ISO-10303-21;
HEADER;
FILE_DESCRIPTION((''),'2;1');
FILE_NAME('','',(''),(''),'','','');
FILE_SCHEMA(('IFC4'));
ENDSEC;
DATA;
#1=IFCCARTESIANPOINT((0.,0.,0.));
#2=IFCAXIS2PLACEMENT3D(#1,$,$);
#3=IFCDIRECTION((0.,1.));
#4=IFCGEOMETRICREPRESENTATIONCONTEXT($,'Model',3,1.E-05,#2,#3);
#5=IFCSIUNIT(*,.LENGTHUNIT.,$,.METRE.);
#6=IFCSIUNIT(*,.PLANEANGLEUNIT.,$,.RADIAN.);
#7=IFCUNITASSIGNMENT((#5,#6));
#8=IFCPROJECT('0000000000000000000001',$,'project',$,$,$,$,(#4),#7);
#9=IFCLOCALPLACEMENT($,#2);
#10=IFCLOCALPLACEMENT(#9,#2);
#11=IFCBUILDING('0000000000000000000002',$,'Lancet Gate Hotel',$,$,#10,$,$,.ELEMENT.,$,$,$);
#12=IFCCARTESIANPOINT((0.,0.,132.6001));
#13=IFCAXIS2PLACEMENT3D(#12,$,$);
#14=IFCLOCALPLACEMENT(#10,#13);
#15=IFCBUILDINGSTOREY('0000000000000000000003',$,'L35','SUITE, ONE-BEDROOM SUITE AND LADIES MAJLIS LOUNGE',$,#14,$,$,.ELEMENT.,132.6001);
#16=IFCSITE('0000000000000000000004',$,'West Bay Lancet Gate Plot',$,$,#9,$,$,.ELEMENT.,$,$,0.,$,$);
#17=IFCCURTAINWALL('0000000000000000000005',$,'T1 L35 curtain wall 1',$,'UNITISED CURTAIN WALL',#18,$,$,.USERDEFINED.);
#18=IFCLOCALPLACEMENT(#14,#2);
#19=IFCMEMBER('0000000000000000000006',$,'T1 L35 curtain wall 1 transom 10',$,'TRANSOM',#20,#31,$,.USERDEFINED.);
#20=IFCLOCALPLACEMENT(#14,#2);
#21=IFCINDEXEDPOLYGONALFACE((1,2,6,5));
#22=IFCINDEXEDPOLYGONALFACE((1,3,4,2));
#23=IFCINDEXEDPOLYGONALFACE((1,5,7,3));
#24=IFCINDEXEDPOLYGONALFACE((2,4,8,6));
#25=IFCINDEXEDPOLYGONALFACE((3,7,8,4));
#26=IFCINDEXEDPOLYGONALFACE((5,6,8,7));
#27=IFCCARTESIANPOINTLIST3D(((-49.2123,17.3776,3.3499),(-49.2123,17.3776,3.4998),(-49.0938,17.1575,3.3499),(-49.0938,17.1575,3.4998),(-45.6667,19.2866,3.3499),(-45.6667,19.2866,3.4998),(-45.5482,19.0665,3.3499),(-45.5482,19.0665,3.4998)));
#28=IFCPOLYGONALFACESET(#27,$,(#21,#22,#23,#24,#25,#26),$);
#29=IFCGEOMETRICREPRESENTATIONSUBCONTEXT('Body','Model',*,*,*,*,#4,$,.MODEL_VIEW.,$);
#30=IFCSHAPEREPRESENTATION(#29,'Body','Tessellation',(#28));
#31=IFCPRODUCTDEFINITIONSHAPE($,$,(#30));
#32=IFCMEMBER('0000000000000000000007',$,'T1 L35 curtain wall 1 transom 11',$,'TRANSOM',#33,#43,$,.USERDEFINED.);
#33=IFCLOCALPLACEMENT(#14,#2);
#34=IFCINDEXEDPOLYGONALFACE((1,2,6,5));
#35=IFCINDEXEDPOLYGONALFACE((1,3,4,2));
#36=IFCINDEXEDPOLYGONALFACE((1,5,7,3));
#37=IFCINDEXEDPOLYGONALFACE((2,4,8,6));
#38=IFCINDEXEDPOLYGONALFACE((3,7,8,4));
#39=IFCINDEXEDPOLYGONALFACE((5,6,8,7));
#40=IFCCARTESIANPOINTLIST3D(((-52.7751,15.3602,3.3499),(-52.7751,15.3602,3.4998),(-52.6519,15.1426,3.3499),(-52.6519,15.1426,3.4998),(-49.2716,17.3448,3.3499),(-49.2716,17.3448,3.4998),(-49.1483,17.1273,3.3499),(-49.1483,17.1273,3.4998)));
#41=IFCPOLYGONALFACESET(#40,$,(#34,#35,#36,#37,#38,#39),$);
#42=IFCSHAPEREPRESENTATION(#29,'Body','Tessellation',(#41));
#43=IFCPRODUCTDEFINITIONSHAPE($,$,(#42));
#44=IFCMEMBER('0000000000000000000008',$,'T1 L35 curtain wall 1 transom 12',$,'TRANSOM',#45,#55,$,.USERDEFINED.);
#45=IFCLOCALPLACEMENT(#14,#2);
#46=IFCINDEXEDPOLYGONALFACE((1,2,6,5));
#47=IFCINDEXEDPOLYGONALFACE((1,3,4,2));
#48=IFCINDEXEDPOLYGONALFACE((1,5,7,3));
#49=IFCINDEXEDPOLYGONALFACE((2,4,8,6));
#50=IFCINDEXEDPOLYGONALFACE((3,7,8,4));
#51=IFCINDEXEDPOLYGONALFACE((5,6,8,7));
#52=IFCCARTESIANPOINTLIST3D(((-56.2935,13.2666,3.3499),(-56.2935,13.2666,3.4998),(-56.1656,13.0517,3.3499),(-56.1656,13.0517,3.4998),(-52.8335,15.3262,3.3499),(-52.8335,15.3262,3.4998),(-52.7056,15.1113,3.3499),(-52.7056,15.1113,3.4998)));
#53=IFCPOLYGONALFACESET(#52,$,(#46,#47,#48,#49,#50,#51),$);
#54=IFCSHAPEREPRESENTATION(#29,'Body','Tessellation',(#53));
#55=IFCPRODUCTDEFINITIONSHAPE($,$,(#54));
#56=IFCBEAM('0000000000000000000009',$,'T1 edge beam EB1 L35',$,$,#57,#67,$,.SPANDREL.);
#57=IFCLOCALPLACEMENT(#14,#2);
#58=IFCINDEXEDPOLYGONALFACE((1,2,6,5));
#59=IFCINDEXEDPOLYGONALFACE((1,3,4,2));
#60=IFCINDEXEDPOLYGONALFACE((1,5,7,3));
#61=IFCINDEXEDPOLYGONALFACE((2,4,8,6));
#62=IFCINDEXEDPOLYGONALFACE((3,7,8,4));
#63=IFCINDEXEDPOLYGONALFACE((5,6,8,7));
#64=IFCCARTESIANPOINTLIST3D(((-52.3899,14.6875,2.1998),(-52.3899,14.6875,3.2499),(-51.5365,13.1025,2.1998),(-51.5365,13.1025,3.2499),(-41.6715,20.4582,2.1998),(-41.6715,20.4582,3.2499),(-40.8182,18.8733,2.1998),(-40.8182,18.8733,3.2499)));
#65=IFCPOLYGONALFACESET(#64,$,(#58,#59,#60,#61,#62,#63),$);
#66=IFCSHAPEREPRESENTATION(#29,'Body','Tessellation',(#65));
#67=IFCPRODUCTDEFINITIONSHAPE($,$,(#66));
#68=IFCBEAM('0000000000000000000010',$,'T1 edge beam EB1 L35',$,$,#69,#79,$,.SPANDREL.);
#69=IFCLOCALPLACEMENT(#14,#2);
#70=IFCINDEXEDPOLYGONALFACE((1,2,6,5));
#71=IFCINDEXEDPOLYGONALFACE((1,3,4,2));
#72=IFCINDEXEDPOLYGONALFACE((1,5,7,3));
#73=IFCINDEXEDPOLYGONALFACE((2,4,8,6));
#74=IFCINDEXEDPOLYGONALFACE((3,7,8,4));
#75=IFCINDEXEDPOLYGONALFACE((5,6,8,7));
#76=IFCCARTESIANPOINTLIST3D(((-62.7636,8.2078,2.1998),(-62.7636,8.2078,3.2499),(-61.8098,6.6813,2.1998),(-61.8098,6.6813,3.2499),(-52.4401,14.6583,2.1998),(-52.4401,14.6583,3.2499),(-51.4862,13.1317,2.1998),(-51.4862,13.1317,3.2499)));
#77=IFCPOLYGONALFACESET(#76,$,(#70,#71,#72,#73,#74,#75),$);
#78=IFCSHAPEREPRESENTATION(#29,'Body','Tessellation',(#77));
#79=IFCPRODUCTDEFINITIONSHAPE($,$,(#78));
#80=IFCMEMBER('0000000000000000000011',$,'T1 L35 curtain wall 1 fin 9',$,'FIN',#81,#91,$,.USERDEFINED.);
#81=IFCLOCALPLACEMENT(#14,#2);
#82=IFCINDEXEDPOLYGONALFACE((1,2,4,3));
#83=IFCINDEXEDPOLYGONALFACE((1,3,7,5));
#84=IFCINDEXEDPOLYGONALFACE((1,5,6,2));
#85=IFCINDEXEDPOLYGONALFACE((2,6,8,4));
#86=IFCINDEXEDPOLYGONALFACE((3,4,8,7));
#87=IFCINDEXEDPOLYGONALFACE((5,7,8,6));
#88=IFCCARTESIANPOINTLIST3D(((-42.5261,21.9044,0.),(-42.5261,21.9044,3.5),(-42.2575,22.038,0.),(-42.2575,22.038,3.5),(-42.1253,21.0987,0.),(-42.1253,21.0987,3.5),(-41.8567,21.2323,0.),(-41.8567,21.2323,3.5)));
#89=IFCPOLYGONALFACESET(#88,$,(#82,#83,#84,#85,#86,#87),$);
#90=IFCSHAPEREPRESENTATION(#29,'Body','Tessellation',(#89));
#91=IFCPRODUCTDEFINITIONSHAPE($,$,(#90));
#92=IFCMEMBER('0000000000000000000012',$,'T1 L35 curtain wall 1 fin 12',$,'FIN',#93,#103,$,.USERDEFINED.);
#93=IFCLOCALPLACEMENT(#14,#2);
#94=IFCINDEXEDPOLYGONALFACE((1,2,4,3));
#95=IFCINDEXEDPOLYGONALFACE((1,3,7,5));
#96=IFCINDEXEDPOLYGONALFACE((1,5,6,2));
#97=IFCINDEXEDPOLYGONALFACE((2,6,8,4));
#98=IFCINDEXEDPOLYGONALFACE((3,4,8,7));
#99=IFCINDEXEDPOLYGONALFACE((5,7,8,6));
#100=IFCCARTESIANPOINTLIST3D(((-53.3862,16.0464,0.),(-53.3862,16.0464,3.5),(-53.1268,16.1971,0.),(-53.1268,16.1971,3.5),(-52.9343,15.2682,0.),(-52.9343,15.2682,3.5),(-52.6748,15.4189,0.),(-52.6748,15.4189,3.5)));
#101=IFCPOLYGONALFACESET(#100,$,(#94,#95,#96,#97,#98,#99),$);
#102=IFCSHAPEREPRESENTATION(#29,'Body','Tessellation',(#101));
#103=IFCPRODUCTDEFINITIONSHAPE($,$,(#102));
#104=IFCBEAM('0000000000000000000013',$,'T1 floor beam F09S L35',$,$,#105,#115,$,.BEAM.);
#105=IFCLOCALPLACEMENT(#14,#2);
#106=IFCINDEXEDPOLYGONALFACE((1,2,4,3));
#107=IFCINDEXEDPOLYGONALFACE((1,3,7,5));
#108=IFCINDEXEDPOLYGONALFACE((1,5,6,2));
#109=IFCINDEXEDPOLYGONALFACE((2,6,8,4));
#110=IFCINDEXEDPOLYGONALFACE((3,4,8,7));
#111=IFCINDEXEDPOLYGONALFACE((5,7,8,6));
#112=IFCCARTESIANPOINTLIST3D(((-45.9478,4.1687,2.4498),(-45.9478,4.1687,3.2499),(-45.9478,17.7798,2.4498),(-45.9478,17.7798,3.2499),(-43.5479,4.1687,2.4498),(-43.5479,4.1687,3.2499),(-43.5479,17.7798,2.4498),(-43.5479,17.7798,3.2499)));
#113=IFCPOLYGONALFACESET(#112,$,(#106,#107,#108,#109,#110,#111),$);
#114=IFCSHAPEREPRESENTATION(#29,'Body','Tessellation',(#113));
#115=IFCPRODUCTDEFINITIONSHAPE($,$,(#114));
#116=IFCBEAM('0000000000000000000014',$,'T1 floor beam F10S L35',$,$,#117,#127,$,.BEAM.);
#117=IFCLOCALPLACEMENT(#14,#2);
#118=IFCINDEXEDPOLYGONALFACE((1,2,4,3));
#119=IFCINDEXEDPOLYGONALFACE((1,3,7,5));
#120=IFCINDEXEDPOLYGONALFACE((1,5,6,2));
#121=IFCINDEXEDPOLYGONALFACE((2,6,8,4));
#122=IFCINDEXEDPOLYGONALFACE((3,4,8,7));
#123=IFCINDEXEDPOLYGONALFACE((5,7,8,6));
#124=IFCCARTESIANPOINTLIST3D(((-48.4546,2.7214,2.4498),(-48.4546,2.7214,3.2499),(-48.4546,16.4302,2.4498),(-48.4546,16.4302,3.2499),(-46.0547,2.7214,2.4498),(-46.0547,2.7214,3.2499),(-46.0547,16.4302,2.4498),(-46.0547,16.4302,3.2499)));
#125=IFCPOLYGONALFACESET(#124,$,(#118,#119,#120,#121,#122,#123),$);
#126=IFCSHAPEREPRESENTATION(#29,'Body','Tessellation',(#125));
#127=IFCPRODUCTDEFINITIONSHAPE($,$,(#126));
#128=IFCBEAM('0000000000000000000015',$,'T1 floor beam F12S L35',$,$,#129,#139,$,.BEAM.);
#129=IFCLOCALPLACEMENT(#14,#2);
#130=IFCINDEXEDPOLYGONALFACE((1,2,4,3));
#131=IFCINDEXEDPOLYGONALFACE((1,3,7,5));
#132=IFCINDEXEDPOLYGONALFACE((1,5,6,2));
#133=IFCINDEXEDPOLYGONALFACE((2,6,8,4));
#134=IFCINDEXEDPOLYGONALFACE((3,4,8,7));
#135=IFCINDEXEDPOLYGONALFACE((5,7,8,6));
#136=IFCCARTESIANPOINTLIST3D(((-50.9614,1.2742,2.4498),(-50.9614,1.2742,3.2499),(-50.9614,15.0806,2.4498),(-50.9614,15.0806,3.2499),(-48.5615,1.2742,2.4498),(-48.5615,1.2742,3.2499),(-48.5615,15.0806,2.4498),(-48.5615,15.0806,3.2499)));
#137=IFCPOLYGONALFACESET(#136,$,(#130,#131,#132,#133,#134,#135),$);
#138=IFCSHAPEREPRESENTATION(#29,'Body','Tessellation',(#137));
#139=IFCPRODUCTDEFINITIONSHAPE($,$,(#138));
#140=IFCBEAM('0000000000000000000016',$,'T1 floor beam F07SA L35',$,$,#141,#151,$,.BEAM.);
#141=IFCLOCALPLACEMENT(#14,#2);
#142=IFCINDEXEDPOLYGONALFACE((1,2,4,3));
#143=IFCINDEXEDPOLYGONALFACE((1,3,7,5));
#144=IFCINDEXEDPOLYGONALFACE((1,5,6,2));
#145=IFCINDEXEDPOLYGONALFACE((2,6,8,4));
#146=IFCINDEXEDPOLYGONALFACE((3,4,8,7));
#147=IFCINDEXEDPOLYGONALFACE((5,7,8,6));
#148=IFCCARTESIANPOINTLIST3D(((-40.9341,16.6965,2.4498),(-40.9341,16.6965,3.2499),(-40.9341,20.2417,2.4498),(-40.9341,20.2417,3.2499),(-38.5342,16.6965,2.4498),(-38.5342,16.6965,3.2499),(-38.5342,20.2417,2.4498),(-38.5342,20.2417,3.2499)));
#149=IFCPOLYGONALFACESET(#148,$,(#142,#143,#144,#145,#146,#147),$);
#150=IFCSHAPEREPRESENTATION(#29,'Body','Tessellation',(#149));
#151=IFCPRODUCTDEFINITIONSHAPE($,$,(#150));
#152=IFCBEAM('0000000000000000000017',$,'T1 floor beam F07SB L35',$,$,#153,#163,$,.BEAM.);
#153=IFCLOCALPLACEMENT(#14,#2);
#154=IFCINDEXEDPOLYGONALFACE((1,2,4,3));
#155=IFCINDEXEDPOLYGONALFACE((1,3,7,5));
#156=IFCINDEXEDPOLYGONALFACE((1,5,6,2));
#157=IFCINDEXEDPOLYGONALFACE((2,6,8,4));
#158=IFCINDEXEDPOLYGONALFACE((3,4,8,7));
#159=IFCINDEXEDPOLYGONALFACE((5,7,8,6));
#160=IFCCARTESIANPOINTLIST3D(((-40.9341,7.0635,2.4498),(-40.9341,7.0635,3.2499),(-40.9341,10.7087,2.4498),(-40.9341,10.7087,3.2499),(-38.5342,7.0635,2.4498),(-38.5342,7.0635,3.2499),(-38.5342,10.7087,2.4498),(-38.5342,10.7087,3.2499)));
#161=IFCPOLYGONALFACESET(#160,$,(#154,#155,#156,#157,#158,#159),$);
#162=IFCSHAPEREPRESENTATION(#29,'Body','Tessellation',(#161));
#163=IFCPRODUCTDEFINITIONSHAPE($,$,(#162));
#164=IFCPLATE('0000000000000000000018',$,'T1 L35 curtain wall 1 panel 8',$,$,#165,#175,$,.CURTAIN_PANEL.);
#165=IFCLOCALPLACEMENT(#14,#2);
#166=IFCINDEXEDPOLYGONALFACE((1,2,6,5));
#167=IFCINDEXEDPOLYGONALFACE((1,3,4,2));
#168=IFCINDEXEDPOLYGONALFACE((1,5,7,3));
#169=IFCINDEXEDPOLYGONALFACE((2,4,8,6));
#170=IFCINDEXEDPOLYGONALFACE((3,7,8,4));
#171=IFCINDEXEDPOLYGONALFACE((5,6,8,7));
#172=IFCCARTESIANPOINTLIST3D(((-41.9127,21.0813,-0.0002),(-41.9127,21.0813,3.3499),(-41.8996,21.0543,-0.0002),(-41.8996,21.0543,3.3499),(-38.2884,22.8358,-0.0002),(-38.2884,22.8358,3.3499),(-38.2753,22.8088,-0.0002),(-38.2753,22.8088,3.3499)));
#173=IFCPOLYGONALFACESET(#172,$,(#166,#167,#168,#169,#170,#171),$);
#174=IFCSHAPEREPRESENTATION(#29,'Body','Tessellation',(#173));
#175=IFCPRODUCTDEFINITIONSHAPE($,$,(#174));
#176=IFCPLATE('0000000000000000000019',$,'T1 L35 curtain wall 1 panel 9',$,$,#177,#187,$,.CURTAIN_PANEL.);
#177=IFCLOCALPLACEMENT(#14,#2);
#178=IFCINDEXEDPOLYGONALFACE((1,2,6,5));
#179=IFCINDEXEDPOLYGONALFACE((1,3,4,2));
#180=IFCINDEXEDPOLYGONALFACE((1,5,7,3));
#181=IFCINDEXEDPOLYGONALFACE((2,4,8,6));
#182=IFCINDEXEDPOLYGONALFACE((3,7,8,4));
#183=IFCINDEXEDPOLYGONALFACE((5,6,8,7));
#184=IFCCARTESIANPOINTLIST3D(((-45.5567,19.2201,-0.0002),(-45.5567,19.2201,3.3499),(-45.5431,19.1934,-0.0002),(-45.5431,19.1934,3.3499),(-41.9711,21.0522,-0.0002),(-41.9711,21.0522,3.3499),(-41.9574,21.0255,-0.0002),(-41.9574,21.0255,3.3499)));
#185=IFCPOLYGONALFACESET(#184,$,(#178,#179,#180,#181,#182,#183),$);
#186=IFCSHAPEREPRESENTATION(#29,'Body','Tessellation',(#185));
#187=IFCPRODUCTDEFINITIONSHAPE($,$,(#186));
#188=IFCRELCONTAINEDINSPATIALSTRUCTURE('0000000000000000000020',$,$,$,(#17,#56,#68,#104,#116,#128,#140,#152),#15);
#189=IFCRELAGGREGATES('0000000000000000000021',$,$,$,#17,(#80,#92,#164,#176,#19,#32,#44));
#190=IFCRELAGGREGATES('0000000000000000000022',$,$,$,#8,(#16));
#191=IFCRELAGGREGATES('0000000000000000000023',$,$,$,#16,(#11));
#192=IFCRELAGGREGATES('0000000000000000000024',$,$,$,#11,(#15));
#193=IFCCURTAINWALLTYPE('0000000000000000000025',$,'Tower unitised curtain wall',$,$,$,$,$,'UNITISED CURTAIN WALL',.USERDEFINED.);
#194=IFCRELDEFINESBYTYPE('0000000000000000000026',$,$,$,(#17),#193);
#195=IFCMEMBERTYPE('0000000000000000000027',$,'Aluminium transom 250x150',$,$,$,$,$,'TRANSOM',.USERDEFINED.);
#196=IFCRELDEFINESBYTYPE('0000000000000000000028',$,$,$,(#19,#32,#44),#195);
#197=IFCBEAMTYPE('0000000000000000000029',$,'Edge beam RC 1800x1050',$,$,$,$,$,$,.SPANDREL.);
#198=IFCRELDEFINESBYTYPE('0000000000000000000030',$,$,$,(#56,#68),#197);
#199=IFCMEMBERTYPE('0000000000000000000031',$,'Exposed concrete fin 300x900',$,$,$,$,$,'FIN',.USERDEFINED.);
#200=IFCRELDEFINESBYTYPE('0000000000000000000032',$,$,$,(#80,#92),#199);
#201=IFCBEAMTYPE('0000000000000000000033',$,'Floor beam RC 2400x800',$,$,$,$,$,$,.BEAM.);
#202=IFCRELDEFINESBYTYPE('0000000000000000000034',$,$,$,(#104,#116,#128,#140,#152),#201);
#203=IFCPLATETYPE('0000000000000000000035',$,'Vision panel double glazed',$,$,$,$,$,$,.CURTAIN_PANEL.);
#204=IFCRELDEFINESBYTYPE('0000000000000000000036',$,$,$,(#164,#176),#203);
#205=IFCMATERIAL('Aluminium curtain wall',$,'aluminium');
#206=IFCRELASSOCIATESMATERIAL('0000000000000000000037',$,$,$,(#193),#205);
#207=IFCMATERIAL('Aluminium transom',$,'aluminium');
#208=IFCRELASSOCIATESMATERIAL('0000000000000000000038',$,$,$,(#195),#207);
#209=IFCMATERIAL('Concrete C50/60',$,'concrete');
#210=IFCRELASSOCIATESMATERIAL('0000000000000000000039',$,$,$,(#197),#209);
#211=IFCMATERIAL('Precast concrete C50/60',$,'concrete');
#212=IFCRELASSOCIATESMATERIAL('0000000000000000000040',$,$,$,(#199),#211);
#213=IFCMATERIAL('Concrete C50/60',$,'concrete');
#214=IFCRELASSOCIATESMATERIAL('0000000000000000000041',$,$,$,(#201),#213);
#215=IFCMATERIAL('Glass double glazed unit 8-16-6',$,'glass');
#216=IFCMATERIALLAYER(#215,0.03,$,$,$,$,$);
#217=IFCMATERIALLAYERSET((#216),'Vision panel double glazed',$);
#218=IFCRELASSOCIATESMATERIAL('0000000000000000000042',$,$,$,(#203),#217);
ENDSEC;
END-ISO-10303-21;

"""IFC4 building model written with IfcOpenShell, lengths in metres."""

from ifc_helpers import new_model, si_unit, direction, frame, origin, origin_2d, place, context, subcontext, project, spatial, rectangle, extrude, material, layer, layer_set, material_profile, profile_set, type_object, element, aggregate, save


model = new_model("IFC4")

# Units and contexts
model_context = context("Model", 3, precision=1e-05, world=origin(), true_north=direction((0.0, 1.0)))
body_context = subcontext(model_context, "Body", "Model", "MODEL_VIEW")
ifc_project = project(units=[si_unit("LENGTHUNIT", "METRE"), si_unit("PLANEANGLEUNIT", "RADIAN")], contexts=[model_context])

# Site, building, storey
site_placement = place(None, origin())
site = spatial("IfcSite", under=ifc_project, at=site_placement, Name="West Bay Lancet Gate Plot", CompositionType="ELEMENT", RefElevation=0.0)
building_placement = place(site_placement, origin())
building = spatial("IfcBuilding", under=site, at=building_placement, Name="Lancet Gate Hotel", CompositionType="ELEMENT")
storey_placement = place(building_placement, frame((0.0, 0.0, 132.6001)))
storey = spatial("IfcBuildingStorey", under=building, at=storey_placement, Name="L35", Description="SUITE, ONE-BEDROOM SUITE AND LADIES MAJLIS LOUNGE", CompositionType="ELEMENT", Elevation=132.6001)

# Curtain wall, members
ifc_material_1 = material(Name="Aluminium curtain wall", Category="aluminium")
curtain_wall_type = type_object("IfcCurtainWallType", Name="Tower unitised curtain wall", ElementType="UNITISED CURTAIN WALL", PredefinedType="USERDEFINED", material=ifc_material_1)
curtain_wall_placement = place(storey_placement, origin())
curtain_wall = element("IfcCurtainWall", 1, at=curtain_wall_placement, inside=storey, type_object=curtain_wall_type, Name="T1 L35 curtain wall 1", ObjectType="UNITISED CURTAIN WALL", PredefinedType="USERDEFINED")
ifc_material_2 = material(Name="Aluminium transom", Category="aluminium")
ifc_material_profile_1 = material_profile(ifc_material_2, rectangle(XDim=0.25, YDim=0.1499, at=origin_2d()), Name="TRANSOM 250x150")
ifc_profile_set_1 = profile_set([ifc_material_profile_1], Name="Aluminium transom")
member_type_1 = type_object("IfcMemberType", Name="Aluminium transom 250x150", ElementType="TRANSOM", PredefinedType="USERDEFINED", material=ifc_profile_set_1)
member_1_placement = place(storey_placement, frame((-45.6074, 19.1765, 3.4248), z_axis=(-0.880498, -0.474049, 0.0), x_axis=(0.474049, -0.880498, 0.0)))
member_1 = element("IfcMember", 2, at=member_1_placement, type_object=member_type_1, Name="T1 L35 curtain wall 1 transom 10", ObjectType="TRANSOM", PredefinedType="USERDEFINED", context=body_context, shape_type="SweptSolid", body=[
    extrude(rectangle(XDim=0.25, YDim=0.1499, at=origin_2d()), origin(), (0.0, 0.0, 1.0), 4.0269),
])
member_2_placement = place(storey_placement, frame((-49.21, 17.2361, 3.4248), z_axis=(-0.870092, -0.49289, 0.0), x_axis=(0.49289, -0.870092, 0.0)))
member_2 = element("IfcMember", 3, at=member_2_placement, type_object=member_type_1, Name="T1 L35 curtain wall 1 transom 11", ObjectType="TRANSOM", PredefinedType="USERDEFINED", context=body_context, shape_type="SweptSolid", body=[
    extrude(rectangle(XDim=0.25, YDim=0.1499, at=origin_2d()), origin(), (0.0, 0.0, 1.0), 4.0266),
])
member_3_placement = place(storey_placement, frame((-52.7695, 15.2188, 3.4248), z_axis=(-0.859285, -0.511497, 0.0), x_axis=(0.511497, -0.859285, 0.0)))
member_3 = element("IfcMember", 4, at=member_3_placement, type_object=member_type_1, Name="T1 L35 curtain wall 1 transom 12", ObjectType="TRANSOM", PredefinedType="USERDEFINED", context=body_context, shape_type="SweptSolid", body=[
    extrude(rectangle(XDim=0.25, YDim=0.1499, at=origin_2d()), origin(), (0.0, 0.0, 1.0), 4.0266),
])

# Beams
ifc_material_3 = material(Name="Concrete C50/60", Category="concrete")
ifc_material_profile_2 = material_profile(ifc_material_3, rectangle(XDim=1.8, YDim=1.05, at=origin_2d()), Name="RC 1800x1050")
ifc_profile_set_2 = profile_set([ifc_material_profile_2], Name="Concrete C50/60")
beam_type_1 = type_object("IfcBeamType", Name="Edge beam RC 1800x1050", PredefinedType="SPANDREL", material=ifc_profile_set_2)
for number, where, z_axis, x_axis, name in (
    (5, (-41.2449, 19.6658, 2.7249), (-0.880492, -0.47406, 0.0), (0.47406, -0.880492, 0.0), "T1 edge beam EB1 L35"),
    (6, (-51.9631, 13.895, 2.7249), (-0.848063, -0.529896, 0.0), (0.529896, -0.848063, 0.0), "T1 edge beam EB1 L35"),
):
    element("IfcBeam", number, at=place(storey_placement, frame(where, z_axis=z_axis, x_axis=x_axis)), inside=storey, type_object=beam_type_1, Name=name, PredefinedType="SPANDREL", context=body_context, shape_type="SweptSolid", body=[
        extrude(rectangle(XDim=1.8, YDim=1.05, at=origin_2d()), origin(), (0.0, 0.0, 1.0), 12.1731),
    ])

# Members
ifc_material_4 = material(Name="Precast concrete C50/60", Category="concrete")
ifc_material_profile_3 = material_profile(ifc_material_4, rectangle(XDim=0.3, YDim=0.8999, at=origin_2d()), Name="FIN 300x900")
ifc_profile_set_3 = profile_set([ifc_material_profile_3], Name="Precast concrete C50/60")
member_type_2 = type_object("IfcMemberType", Name="Exposed concrete fin 300x900", ElementType="FIN", PredefinedType="USERDEFINED", material=ifc_profile_set_3)
member_4_placement = place(storey_placement, frame((-42.1914, 21.5684, 0.0), z_axis=(0.0, 0.0, 1.0), x_axis=(-0.895339, -0.445384, 0.0)))
member_4 = element("IfcMember", 7, at=member_4_placement, type_object=member_type_2, Name="T1 L35 curtain wall 1 fin 9", ObjectType="FIN", PredefinedType="USERDEFINED", context=body_context, shape_type="SweptSolid", body=[
    extrude(rectangle(XDim=0.3, YDim=0.8999, at=origin_2d()), origin(), (0.0, 0.0, 1.0), 3.5),
])
member_5_placement = place(storey_placement, frame((-53.0305, 15.7327, 0.0), z_axis=(0.0, 0.0, 1.0), x_axis=(-0.864728, -0.502241, 0.0)))
member_5 = element("IfcMember", 8, at=member_5_placement, type_object=member_type_2, Name="T1 L35 curtain wall 1 fin 12", ObjectType="FIN", PredefinedType="USERDEFINED", context=body_context, shape_type="SweptSolid", body=[
    extrude(rectangle(XDim=0.3, YDim=0.8999, at=origin_2d()), origin(), (0.0, 0.0, 1.0), 3.5),
])

# Beams
ifc_material_5 = material(Name="Concrete C50/60", Category="concrete")
ifc_material_profile_4 = material_profile(ifc_material_5, rectangle(XDim=2.3999, YDim=0.8, at=origin_2d()), Name="RC 2400x800")
ifc_profile_set_4 = profile_set([ifc_material_profile_4], Name="Concrete C50/60")
beam_type_2 = type_object("IfcBeamType", Name="Floor beam RC 2400x800", PredefinedType="BEAM", material=ifc_profile_set_4)
beam_1_placement = place(storey_placement, frame((-44.7478, 17.7798, 2.8499), z_axis=(0.0, -1.0, 0.0), x_axis=(1.0, 0.0, 0.0)))
element("IfcBeam", 9, at=beam_1_placement, inside=storey, type_object=beam_type_2, Name="T1 floor beam F09S L35", PredefinedType="BEAM", context=body_context, shape_type="SweptSolid", body=[
    extrude(rectangle(XDim=2.3999, YDim=0.8, at=origin_2d()), origin(), (0.0, 0.0, 1.0), 13.6111),
])
beam_2_placement = place(storey_placement, frame((-47.2546, 16.4302, 2.8499), z_axis=(0.0, -1.0, 0.0), x_axis=(1.0, 0.0, 0.0)))
element("IfcBeam", 10, at=beam_2_placement, inside=storey, type_object=beam_type_2, Name="T1 floor beam F10S L35", PredefinedType="BEAM", context=body_context, shape_type="SweptSolid", body=[
    extrude(rectangle(XDim=2.3999, YDim=0.8, at=origin_2d()), origin(), (0.0, 0.0, 1.0), 13.7087),
])
beam_3_placement = place(storey_placement, frame((-49.7615, 15.0806, 2.8499), z_axis=(0.0, -1.0, 0.0), x_axis=(1.0, 0.0, 0.0)))
element("IfcBeam", 11, at=beam_3_placement, inside=storey, type_object=beam_type_2, Name="T1 floor beam F12S L35", PredefinedType="BEAM", context=body_context, shape_type="SweptSolid", body=[
    extrude(rectangle(XDim=2.3999, YDim=0.8, at=origin_2d()), origin(), (0.0, 0.0, 1.0), 13.8064),
])
beam_4_placement = place(storey_placement, frame((-39.7341, 20.2417, 2.8499), z_axis=(0.0, -1.0, 0.0), x_axis=(1.0, 0.0, 0.0)))
element("IfcBeam", 12, at=beam_4_placement, inside=storey, type_object=beam_type_2, Name="T1 floor beam F07SA L35", PredefinedType="BEAM", context=body_context, shape_type="SweptSolid", body=[
    extrude(rectangle(XDim=2.3999, YDim=0.8, at=origin_2d()), origin(), (0.0, 0.0, 1.0), 3.5452),
])
beam_5_placement = place(storey_placement, frame((-39.7341, 10.7087, 2.8499), z_axis=(0.0, -1.0, 0.0), x_axis=(1.0, 0.0, 0.0)))
element("IfcBeam", 13, at=beam_5_placement, inside=storey, type_object=beam_type_2, Name="T1 floor beam F07SB L35", PredefinedType="BEAM", context=body_context, shape_type="SweptSolid", body=[
    extrude(rectangle(XDim=2.3999, YDim=0.8, at=origin_2d()), origin(), (0.0, 0.0, 1.0), 3.6453),
])

# Plates
ifc_material_6 = material(Name="Glass double glazed unit 8-16-6", Category="glass")
ifc_layer_1 = layer(ifc_material_6, 0.03)
ifc_layer_set_1 = layer_set([ifc_layer_1], Name="Vision panel double glazed")
plate_type = type_object("IfcPlateType", Name="Vision panel double glazed", PredefinedType="CURTAIN_PANEL", material=ifc_layer_set_1)
plate_1_placement = place(storey_placement, frame((-40.094, 21.9451, -0.0002), z_axis=(0.0, 0.0, 1.0), x_axis=(-0.900082, -0.435721, 0.0)))
plate_1 = element("IfcPlate", 14, at=plate_1_placement, type_object=plate_type, Name="T1 L35 curtain wall 1 panel 8", PredefinedType="CURTAIN_PANEL", context=body_context, shape_type="SweptSolid", body=[
    extrude(rectangle(XDim=4.0266, YDim=0.03, at=origin_2d()), origin(), (0.0, 0.0, 1.0), 3.3501),
])
plate_2_placement = place(storey_placement, frame((-43.7571, 20.1228, -0.0002), z_axis=(0.0, 0.0, 1.0), x_axis=(-0.890493, -0.454996, 0.0)))
plate_2 = element("IfcPlate", 15, at=plate_2_placement, type_object=plate_type, Name="T1 L35 curtain wall 1 panel 9", PredefinedType="CURTAIN_PANEL", context=body_context, shape_type="SweptSolid", body=[
    extrude(rectangle(XDim=4.0266, YDim=0.03, at=origin_2d()), origin(), (0.0, 0.0, 1.0), 3.3501),
])
aggregate(curtain_wall, [member_4, member_5, plate_1, plate_2, member_1, member_2, member_3])

save(model, "model.ifc")
